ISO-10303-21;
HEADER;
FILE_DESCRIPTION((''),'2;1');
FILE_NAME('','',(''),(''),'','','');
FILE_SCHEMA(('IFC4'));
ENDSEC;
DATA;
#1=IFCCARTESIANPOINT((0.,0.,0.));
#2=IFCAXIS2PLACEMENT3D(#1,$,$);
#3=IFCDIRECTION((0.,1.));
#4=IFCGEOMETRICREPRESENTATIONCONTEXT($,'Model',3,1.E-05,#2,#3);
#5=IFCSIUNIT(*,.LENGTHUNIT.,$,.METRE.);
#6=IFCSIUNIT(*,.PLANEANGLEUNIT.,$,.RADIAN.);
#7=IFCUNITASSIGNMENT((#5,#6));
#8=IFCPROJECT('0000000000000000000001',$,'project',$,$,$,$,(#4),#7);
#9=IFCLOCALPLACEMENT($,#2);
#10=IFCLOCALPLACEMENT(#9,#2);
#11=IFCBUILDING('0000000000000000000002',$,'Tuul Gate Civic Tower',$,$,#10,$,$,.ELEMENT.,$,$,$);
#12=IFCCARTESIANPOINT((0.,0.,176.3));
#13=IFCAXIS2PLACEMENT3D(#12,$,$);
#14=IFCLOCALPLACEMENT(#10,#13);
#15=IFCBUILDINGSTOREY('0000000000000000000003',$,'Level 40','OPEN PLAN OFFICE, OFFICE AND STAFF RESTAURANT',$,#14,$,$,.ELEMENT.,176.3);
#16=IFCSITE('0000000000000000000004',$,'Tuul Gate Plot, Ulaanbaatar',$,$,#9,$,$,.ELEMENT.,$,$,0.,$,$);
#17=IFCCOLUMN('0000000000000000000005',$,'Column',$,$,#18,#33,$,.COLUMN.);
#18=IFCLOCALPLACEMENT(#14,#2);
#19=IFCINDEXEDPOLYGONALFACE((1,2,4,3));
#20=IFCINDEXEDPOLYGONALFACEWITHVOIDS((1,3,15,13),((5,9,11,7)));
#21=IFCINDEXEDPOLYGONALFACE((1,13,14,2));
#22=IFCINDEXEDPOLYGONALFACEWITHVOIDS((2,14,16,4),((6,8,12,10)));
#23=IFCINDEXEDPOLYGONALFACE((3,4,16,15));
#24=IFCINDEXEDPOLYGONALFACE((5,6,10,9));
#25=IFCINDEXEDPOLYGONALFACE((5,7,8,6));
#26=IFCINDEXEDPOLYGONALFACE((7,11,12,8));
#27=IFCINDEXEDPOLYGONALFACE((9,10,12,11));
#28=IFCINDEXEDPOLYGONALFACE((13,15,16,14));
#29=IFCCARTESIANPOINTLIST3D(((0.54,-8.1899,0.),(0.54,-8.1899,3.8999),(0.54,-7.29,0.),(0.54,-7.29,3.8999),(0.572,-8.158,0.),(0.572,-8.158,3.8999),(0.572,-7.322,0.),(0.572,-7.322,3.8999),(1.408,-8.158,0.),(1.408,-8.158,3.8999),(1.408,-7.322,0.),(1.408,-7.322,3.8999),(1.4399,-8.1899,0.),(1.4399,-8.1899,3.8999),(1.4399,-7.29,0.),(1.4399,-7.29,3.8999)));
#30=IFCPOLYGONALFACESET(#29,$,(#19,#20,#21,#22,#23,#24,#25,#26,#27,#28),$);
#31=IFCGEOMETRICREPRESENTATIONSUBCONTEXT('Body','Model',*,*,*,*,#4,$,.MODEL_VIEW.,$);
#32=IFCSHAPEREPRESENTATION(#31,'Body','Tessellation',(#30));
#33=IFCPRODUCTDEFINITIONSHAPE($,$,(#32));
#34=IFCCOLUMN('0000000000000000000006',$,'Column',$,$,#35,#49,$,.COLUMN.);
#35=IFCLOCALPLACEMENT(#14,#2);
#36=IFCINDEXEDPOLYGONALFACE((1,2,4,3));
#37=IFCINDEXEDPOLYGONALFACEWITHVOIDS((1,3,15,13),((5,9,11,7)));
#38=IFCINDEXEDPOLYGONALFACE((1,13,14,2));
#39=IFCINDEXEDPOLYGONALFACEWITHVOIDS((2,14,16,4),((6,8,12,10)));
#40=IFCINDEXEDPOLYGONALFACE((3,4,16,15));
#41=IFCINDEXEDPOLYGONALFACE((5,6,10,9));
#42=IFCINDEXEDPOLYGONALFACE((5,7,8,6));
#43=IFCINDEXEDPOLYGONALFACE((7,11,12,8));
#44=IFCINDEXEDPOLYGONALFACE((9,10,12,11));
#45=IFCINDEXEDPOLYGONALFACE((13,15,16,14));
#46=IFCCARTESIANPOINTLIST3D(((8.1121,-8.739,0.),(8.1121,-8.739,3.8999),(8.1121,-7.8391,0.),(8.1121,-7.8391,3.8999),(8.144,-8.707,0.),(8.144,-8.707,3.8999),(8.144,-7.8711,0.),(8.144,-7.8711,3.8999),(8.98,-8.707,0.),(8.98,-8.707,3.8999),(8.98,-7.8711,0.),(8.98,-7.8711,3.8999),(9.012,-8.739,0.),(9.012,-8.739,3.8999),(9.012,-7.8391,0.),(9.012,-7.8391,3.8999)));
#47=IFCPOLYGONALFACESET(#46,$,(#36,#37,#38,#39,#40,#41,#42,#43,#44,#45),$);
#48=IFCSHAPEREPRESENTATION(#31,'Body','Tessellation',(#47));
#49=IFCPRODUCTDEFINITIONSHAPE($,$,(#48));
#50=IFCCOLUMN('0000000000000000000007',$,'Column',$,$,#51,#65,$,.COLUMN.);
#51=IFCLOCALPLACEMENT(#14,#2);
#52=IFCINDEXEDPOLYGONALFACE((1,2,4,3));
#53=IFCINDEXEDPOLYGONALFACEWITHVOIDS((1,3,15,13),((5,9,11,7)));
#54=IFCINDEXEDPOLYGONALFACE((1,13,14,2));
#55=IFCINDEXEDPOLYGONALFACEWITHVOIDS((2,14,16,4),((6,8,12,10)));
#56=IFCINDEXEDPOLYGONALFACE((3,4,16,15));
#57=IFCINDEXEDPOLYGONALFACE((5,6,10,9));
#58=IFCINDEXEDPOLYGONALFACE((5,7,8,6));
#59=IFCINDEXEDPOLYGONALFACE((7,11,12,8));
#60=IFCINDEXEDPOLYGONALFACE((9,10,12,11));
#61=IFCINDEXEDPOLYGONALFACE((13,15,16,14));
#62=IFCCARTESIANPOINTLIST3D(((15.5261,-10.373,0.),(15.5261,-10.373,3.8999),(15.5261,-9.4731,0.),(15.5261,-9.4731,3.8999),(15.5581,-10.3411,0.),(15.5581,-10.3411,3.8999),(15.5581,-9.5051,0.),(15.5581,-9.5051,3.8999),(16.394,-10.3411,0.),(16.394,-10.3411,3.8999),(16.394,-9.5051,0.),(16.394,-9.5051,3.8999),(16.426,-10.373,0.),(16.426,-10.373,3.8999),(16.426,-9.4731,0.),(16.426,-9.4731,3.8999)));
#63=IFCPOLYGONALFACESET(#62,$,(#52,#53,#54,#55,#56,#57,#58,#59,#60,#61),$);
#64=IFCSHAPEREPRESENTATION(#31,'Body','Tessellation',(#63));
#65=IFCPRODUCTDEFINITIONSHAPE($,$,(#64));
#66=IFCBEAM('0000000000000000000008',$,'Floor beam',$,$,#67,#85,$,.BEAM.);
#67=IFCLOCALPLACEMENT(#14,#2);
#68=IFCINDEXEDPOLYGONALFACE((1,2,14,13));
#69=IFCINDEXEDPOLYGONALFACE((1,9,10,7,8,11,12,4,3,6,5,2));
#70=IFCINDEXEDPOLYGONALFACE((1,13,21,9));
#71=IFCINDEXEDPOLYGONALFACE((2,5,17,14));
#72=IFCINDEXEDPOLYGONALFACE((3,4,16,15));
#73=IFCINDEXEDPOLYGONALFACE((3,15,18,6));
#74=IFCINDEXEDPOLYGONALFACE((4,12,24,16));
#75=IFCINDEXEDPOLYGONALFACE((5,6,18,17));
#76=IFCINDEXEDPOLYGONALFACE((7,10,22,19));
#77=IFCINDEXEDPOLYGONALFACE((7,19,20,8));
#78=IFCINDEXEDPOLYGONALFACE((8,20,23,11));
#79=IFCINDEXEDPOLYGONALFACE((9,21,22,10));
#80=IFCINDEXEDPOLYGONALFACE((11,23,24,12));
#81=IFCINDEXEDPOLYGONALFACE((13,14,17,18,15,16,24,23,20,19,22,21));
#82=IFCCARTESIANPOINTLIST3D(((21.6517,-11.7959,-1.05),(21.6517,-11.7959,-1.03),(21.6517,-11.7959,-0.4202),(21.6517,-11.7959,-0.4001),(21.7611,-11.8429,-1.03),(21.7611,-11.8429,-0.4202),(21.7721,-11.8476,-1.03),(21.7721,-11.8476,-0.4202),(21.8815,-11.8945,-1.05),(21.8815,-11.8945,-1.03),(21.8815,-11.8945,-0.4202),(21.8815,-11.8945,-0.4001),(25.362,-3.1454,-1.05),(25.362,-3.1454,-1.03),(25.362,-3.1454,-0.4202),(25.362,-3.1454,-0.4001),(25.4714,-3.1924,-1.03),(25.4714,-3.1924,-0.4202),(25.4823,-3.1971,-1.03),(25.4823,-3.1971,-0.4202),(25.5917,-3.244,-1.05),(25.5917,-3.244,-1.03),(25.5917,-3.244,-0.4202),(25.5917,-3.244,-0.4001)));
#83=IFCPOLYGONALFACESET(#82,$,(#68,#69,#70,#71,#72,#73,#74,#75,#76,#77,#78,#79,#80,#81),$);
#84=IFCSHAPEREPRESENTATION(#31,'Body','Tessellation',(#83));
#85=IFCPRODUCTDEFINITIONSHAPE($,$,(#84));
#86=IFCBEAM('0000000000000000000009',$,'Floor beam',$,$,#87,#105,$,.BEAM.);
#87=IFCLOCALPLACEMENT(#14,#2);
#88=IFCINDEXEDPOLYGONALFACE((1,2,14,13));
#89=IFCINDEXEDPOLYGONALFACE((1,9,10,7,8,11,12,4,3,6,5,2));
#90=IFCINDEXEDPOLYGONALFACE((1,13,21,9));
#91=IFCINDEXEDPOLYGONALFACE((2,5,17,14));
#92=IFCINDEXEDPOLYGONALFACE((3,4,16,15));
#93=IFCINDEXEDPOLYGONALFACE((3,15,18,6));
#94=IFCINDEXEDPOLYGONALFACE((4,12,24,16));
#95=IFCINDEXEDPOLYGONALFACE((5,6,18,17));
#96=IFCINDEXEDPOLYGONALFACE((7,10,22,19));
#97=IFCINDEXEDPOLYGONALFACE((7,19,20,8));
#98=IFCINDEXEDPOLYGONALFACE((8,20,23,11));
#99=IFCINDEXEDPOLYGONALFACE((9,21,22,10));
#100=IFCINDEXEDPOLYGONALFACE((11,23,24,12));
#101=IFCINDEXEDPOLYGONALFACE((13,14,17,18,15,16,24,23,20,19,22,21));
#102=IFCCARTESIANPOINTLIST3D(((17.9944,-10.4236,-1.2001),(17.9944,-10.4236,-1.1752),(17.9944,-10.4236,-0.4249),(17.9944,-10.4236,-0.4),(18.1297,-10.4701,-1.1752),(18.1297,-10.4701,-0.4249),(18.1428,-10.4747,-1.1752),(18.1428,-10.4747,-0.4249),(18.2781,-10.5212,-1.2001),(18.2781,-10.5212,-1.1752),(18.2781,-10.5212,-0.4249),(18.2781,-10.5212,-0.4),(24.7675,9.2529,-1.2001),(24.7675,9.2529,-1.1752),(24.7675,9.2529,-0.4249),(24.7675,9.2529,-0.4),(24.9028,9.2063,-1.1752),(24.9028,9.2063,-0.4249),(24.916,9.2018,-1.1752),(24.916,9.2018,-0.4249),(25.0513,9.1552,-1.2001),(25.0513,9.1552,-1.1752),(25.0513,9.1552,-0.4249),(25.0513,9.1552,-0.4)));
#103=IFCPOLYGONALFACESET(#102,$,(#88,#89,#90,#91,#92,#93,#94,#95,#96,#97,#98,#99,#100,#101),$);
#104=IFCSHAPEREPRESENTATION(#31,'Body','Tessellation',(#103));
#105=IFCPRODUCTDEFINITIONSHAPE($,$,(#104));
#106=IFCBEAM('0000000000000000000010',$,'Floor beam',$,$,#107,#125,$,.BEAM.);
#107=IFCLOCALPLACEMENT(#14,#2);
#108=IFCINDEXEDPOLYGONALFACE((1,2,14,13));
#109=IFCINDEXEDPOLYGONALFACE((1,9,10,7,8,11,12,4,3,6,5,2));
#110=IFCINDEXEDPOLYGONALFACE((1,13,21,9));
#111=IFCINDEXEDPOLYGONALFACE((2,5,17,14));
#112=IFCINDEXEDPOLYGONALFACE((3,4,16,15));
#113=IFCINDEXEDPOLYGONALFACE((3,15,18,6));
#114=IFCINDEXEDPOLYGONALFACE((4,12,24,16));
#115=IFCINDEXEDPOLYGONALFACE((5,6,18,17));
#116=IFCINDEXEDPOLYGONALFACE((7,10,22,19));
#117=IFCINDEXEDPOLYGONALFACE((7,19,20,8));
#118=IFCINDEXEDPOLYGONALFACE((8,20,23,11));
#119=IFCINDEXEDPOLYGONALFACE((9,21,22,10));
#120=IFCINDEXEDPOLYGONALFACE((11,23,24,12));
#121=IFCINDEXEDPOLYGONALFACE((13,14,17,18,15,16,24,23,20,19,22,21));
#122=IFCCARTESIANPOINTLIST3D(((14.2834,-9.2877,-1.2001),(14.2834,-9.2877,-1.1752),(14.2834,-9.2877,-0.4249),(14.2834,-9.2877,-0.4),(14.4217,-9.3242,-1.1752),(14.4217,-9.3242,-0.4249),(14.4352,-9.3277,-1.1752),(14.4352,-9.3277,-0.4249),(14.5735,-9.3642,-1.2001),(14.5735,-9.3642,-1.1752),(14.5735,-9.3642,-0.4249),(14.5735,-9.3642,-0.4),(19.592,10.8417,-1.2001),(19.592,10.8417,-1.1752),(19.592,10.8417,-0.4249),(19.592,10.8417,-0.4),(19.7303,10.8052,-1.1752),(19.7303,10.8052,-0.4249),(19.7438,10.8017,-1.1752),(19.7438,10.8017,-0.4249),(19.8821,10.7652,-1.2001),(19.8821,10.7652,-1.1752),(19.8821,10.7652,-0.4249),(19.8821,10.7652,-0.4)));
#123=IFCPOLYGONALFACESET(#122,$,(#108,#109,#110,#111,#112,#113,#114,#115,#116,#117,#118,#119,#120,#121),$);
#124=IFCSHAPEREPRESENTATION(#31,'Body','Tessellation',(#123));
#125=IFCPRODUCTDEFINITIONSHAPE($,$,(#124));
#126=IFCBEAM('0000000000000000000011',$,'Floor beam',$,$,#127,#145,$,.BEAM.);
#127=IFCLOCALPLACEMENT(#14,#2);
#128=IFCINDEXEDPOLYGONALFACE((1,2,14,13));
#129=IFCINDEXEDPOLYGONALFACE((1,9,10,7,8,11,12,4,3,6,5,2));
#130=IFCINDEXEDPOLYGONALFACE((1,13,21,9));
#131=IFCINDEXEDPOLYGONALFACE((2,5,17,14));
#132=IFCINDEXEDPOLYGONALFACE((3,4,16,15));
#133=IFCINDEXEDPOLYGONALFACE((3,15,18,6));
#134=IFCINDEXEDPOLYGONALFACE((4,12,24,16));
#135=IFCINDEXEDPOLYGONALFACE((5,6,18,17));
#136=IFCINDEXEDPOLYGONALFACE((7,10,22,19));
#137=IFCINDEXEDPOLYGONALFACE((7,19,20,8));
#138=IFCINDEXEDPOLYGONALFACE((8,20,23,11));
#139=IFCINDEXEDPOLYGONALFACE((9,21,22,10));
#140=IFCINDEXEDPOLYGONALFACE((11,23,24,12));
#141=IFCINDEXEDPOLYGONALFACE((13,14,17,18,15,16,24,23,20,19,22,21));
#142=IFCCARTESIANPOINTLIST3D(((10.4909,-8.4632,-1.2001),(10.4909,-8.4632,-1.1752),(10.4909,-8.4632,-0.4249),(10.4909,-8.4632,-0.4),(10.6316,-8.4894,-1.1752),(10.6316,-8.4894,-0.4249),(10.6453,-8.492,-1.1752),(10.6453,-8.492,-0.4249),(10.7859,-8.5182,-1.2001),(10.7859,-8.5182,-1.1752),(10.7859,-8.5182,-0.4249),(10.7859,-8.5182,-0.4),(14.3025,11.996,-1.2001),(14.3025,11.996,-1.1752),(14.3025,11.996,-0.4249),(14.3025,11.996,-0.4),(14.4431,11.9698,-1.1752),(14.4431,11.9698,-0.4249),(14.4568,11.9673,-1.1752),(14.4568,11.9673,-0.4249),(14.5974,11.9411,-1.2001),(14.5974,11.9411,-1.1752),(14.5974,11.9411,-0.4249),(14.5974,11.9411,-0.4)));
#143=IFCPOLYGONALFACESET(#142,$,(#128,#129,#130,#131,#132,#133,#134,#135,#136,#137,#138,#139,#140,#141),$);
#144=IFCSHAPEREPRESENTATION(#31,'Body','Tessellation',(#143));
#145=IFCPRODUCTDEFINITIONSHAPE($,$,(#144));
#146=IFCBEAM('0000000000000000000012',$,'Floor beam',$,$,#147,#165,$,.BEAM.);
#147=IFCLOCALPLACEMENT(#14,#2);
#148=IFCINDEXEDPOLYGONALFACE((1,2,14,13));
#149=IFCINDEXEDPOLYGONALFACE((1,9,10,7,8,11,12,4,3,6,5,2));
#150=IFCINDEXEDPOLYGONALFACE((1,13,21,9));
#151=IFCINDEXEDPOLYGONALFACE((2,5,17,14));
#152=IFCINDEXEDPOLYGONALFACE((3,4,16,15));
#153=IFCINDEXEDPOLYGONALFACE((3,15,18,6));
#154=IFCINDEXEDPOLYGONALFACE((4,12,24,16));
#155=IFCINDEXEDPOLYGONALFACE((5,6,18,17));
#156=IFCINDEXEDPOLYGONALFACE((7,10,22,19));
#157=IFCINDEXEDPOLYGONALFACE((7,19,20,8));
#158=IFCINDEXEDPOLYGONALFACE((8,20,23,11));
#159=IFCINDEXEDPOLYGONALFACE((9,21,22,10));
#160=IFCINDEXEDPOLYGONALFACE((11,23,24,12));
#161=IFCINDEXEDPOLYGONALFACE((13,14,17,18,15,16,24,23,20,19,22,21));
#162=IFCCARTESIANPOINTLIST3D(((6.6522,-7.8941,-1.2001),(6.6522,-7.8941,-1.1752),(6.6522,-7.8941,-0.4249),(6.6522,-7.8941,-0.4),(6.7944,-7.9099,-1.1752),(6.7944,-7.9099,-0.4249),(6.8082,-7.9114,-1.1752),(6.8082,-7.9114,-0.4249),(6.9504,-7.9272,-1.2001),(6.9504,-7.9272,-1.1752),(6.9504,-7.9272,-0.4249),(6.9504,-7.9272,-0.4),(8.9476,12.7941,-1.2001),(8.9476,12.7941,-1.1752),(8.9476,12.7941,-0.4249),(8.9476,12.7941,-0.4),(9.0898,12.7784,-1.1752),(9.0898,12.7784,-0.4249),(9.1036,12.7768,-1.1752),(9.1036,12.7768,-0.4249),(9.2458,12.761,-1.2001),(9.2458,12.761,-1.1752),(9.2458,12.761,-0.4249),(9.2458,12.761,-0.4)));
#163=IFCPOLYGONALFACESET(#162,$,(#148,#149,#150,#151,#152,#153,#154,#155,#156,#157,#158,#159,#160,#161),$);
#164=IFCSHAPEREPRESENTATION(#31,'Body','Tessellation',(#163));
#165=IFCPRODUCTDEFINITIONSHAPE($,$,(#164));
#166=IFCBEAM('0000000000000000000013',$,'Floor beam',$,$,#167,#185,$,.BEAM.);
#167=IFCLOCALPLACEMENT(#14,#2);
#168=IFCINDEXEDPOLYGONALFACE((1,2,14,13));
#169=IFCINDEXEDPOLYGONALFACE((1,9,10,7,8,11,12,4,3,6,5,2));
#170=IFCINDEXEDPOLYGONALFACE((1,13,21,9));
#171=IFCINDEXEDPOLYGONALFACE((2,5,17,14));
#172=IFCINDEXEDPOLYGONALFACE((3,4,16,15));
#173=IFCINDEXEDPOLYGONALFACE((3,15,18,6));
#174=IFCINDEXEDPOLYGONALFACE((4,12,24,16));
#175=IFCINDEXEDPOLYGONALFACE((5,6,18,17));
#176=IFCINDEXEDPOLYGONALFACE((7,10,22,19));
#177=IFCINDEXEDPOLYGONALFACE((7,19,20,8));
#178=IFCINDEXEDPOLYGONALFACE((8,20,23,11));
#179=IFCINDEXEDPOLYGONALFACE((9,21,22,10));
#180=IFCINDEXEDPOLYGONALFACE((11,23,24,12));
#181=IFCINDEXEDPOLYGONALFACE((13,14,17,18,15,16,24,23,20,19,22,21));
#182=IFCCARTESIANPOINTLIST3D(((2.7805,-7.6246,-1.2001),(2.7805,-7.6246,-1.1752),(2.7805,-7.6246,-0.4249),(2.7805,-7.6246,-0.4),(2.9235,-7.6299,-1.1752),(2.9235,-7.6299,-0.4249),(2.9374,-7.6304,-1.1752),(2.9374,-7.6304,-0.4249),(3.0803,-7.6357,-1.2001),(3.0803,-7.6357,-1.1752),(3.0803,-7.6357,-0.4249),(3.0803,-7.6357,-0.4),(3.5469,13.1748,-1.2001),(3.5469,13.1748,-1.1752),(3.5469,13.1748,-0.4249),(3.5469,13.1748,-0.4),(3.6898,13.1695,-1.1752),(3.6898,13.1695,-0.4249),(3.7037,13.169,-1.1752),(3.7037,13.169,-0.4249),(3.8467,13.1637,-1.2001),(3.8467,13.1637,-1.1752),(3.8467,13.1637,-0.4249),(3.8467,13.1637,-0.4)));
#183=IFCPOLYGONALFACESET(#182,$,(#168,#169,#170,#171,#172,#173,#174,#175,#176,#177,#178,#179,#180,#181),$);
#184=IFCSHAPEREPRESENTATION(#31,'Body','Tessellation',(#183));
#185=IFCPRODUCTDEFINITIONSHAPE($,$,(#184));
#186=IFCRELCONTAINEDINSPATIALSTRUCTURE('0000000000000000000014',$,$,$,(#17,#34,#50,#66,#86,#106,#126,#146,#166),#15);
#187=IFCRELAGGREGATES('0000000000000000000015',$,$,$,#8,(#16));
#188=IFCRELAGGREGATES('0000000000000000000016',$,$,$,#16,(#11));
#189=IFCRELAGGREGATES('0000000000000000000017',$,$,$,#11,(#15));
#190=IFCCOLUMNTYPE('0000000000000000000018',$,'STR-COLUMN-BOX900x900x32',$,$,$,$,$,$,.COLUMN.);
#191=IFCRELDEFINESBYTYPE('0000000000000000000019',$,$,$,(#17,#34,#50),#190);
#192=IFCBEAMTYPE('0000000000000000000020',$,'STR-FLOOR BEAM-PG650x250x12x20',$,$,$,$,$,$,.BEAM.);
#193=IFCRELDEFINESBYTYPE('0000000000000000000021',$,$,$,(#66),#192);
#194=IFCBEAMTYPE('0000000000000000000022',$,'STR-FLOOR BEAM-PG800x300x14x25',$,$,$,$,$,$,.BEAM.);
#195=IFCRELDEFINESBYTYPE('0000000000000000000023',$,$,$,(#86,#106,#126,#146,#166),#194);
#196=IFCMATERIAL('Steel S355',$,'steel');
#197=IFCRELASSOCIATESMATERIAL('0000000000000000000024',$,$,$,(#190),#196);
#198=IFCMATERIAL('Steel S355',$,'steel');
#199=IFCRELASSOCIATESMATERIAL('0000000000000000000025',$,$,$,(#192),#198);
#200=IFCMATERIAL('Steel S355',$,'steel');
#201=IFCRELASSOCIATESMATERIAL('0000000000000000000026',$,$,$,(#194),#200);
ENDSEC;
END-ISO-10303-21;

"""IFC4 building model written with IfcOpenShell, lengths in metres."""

from ifc_helpers import new_model, si_unit, direction, frame, origin, origin_2d, place, context, subcontext, project, spatial, hollow_rectangle, i_section, extrude, material, material_profile, profile_set, type_object, element, save


model = new_model("IFC4")

# Units and contexts
model_context = context("Model", 3, precision=1e-05, world=origin(), true_north=direction((0.0, 1.0)))
body_context = subcontext(model_context, "Body", "Model", "MODEL_VIEW")
ifc_project = project(units=[si_unit("LENGTHUNIT", "METRE"), si_unit("PLANEANGLEUNIT", "RADIAN")], contexts=[model_context])

# Site, building, storey
site_placement = place(None, origin())
site = spatial("IfcSite", under=ifc_project, at=site_placement, Name="Tuul Gate Plot, Ulaanbaatar", CompositionType="ELEMENT", RefElevation=0.0)
building_placement = place(site_placement, origin())
building = spatial("IfcBuilding", under=site, at=building_placement, Name="Tuul Gate Civic Tower", CompositionType="ELEMENT")
storey_placement = place(building_placement, frame((0.0, 0.0, 176.3)))
storey = spatial("IfcBuildingStorey", under=building, at=storey_placement, Name="Level 40", Description="OPEN PLAN OFFICE, OFFICE AND STAFF RESTAURANT", CompositionType="ELEMENT", Elevation=176.3)

# Columns
ifc_material_1 = material(Name="Steel S355", Category="steel")
ifc_material_profile_1 = material_profile(ifc_material_1, hollow_rectangle(XDim=0.8999, YDim=0.8999, WallThickness=0.032, at=origin_2d()), Name="BOX900x900x32")
ifc_profile_set_1 = profile_set([ifc_material_profile_1], Name="Steel S355")
column_type = type_object("IfcColumnType", Name="STR-COLUMN-BOX900x900x32", PredefinedType="COLUMN", material=ifc_profile_set_1)
for number, where, z_axis, x_axis, name in (
    (1, (0.99, -7.74, 0.0), (0.0, 0.0, 1.0), (1.0, 0.0, 0.0), "Column"),
    (2, (8.562, -8.2891, 0.0), (0.0, 0.0, 1.0), (1.0, 0.0, 0.0), "Column"),
    (3, (15.9761, -9.9231, 0.0), (0.0, 0.0, 1.0), (1.0, 0.0, 0.0), "Column"),
):
    element("IfcColumn", number, at=place(storey_placement, frame(where, z_axis=z_axis, x_axis=x_axis)), inside=storey, type_object=column_type, Name=name, PredefinedType="COLUMN", context=body_context, shape_type="SweptSolid", body=[
        extrude(hollow_rectangle(XDim=0.8999, YDim=0.8999, WallThickness=0.032, at=origin_2d()), origin(), (0.0, 0.0, 1.0), 3.8999),
    ])

# Beams
ifc_material_2 = material(Name="Steel S355", Category="steel")
ifc_material_profile_2 = material_profile(ifc_material_2, i_section(OverallWidth=0.25, OverallDepth=0.6499, WebThickness=0.012, FlangeThickness=0.02, at=origin_2d()), Name="PG650x250x12x20")
ifc_profile_set_2 = profile_set([ifc_material_profile_2], Name="Steel S355")
beam_type_1 = type_object("IfcBeamType", Name="STR-FLOOR BEAM-PG650x250x12x20", PredefinedType="BEAM", material=ifc_profile_set_2)
beam_1_placement = place(storey_placement, frame((21.7666, -11.8452, -0.7251), z_axis=(0.394179, 0.919034, 0.0), x_axis=(-0.919034, 0.394179, 0.0)))
element("IfcBeam", 4, at=beam_1_placement, inside=storey, type_object=beam_type_1, Name="Floor beam", PredefinedType="BEAM", context=body_context, shape_type="SweptSolid", body=[
    extrude(i_section(OverallWidth=0.25, OverallDepth=0.6499, WebThickness=0.012, FlangeThickness=0.02, at=origin_2d()), origin(), (0.0, 0.0, 1.0), 9.4126),
])
ifc_material_3 = material(Name="Steel S355", Category="steel")
ifc_material_profile_3 = material_profile(ifc_material_3, i_section(OverallWidth=0.3, OverallDepth=0.8, WebThickness=0.0139, FlangeThickness=0.0249, at=origin_2d()), Name="PG800x300x14x25")
ifc_profile_set_3 = profile_set([ifc_material_profile_3], Name="Steel S355")
beam_type_2 = type_object("IfcBeamType", Name="STR-FLOOR BEAM-PG800x300x14x25", PredefinedType="BEAM", material=ifc_profile_set_3)
beam_2_placement = place(storey_placement, frame((18.1362, -10.4724, -0.8), z_axis=(0.325483, 0.945548, 0.0), x_axis=(-0.945548, 0.325483, 0.0)))
element("IfcBeam", 5, at=beam_2_placement, inside=storey, type_object=beam_type_2, Name="Floor beam", PredefinedType="BEAM", context=body_context, shape_type="SweptSolid", body=[
    extrude(i_section(OverallWidth=0.3, OverallDepth=0.8, WebThickness=0.0139, FlangeThickness=0.0249, at=origin_2d()), origin(), (0.0, 0.0, 1.0), 20.8096),
])
beam_3_placement = place(storey_placement, frame((14.4285, -9.3259, -0.8), z_axis=(0.255005, 0.96694, 0.0), x_axis=(-0.96694, 0.255005, 0.0)))
element("IfcBeam", 6, at=beam_3_placement, inside=storey, type_object=beam_type_2, Name="Floor beam", PredefinedType="BEAM", context=body_context, shape_type="SweptSolid", body=[
    extrude(i_section(OverallWidth=0.3, OverallDepth=0.8, WebThickness=0.0139, FlangeThickness=0.0249, at=origin_2d()), origin(), (0.0, 0.0, 1.0), 20.8176),
])
beam_4_placement = place(storey_placement, frame((10.6384, -8.4907, -0.8), z_axis=(0.183147, 0.983085, 0.0), x_axis=(-0.983085, 0.183147, 0.0)))
element("IfcBeam", 7, at=beam_4_placement, inside=storey, type_object=beam_type_2, Name="Floor beam", PredefinedType="BEAM", context=body_context, shape_type="SweptSolid", body=[
    extrude(i_section(OverallWidth=0.3, OverallDepth=0.8, WebThickness=0.0139, FlangeThickness=0.0249, at=origin_2d()), origin(), (0.0, 0.0, 1.0), 20.8113),
])
beam_5_placement = place(storey_placement, frame((6.8013, -7.9106, -0.8), z_axis=(0.110276, 0.993901, 0.0), x_axis=(-0.993901, 0.110276, 0.0)))
element("IfcBeam", 8, at=beam_5_placement, inside=storey, type_object=beam_type_2, Name="Floor beam", PredefinedType="BEAM", context=body_context, shape_type="SweptSolid", body=[
    extrude(i_section(OverallWidth=0.3, OverallDepth=0.8, WebThickness=0.0139, FlangeThickness=0.0249, at=origin_2d()), origin(), (0.0, 0.0, 1.0), 20.8152),
])
beam_6_placement = place(storey_placement, frame((2.9304, -7.6301, -0.8), z_axis=(0.03682, 0.999322, 0.0), x_axis=(-0.999322, 0.03682, 0.0)))
element("IfcBeam", 9, at=beam_6_placement, inside=storey, type_object=beam_type_2, Name="Floor beam", PredefinedType="BEAM", context=body_context, shape_type="SweptSolid", body=[
    extrude(i_section(OverallWidth=0.3, OverallDepth=0.8, WebThickness=0.0139, FlangeThickness=0.0249, at=origin_2d()), origin(), (0.0, 0.0, 1.0), 20.8135),
])

save(model, "model.ifc")
